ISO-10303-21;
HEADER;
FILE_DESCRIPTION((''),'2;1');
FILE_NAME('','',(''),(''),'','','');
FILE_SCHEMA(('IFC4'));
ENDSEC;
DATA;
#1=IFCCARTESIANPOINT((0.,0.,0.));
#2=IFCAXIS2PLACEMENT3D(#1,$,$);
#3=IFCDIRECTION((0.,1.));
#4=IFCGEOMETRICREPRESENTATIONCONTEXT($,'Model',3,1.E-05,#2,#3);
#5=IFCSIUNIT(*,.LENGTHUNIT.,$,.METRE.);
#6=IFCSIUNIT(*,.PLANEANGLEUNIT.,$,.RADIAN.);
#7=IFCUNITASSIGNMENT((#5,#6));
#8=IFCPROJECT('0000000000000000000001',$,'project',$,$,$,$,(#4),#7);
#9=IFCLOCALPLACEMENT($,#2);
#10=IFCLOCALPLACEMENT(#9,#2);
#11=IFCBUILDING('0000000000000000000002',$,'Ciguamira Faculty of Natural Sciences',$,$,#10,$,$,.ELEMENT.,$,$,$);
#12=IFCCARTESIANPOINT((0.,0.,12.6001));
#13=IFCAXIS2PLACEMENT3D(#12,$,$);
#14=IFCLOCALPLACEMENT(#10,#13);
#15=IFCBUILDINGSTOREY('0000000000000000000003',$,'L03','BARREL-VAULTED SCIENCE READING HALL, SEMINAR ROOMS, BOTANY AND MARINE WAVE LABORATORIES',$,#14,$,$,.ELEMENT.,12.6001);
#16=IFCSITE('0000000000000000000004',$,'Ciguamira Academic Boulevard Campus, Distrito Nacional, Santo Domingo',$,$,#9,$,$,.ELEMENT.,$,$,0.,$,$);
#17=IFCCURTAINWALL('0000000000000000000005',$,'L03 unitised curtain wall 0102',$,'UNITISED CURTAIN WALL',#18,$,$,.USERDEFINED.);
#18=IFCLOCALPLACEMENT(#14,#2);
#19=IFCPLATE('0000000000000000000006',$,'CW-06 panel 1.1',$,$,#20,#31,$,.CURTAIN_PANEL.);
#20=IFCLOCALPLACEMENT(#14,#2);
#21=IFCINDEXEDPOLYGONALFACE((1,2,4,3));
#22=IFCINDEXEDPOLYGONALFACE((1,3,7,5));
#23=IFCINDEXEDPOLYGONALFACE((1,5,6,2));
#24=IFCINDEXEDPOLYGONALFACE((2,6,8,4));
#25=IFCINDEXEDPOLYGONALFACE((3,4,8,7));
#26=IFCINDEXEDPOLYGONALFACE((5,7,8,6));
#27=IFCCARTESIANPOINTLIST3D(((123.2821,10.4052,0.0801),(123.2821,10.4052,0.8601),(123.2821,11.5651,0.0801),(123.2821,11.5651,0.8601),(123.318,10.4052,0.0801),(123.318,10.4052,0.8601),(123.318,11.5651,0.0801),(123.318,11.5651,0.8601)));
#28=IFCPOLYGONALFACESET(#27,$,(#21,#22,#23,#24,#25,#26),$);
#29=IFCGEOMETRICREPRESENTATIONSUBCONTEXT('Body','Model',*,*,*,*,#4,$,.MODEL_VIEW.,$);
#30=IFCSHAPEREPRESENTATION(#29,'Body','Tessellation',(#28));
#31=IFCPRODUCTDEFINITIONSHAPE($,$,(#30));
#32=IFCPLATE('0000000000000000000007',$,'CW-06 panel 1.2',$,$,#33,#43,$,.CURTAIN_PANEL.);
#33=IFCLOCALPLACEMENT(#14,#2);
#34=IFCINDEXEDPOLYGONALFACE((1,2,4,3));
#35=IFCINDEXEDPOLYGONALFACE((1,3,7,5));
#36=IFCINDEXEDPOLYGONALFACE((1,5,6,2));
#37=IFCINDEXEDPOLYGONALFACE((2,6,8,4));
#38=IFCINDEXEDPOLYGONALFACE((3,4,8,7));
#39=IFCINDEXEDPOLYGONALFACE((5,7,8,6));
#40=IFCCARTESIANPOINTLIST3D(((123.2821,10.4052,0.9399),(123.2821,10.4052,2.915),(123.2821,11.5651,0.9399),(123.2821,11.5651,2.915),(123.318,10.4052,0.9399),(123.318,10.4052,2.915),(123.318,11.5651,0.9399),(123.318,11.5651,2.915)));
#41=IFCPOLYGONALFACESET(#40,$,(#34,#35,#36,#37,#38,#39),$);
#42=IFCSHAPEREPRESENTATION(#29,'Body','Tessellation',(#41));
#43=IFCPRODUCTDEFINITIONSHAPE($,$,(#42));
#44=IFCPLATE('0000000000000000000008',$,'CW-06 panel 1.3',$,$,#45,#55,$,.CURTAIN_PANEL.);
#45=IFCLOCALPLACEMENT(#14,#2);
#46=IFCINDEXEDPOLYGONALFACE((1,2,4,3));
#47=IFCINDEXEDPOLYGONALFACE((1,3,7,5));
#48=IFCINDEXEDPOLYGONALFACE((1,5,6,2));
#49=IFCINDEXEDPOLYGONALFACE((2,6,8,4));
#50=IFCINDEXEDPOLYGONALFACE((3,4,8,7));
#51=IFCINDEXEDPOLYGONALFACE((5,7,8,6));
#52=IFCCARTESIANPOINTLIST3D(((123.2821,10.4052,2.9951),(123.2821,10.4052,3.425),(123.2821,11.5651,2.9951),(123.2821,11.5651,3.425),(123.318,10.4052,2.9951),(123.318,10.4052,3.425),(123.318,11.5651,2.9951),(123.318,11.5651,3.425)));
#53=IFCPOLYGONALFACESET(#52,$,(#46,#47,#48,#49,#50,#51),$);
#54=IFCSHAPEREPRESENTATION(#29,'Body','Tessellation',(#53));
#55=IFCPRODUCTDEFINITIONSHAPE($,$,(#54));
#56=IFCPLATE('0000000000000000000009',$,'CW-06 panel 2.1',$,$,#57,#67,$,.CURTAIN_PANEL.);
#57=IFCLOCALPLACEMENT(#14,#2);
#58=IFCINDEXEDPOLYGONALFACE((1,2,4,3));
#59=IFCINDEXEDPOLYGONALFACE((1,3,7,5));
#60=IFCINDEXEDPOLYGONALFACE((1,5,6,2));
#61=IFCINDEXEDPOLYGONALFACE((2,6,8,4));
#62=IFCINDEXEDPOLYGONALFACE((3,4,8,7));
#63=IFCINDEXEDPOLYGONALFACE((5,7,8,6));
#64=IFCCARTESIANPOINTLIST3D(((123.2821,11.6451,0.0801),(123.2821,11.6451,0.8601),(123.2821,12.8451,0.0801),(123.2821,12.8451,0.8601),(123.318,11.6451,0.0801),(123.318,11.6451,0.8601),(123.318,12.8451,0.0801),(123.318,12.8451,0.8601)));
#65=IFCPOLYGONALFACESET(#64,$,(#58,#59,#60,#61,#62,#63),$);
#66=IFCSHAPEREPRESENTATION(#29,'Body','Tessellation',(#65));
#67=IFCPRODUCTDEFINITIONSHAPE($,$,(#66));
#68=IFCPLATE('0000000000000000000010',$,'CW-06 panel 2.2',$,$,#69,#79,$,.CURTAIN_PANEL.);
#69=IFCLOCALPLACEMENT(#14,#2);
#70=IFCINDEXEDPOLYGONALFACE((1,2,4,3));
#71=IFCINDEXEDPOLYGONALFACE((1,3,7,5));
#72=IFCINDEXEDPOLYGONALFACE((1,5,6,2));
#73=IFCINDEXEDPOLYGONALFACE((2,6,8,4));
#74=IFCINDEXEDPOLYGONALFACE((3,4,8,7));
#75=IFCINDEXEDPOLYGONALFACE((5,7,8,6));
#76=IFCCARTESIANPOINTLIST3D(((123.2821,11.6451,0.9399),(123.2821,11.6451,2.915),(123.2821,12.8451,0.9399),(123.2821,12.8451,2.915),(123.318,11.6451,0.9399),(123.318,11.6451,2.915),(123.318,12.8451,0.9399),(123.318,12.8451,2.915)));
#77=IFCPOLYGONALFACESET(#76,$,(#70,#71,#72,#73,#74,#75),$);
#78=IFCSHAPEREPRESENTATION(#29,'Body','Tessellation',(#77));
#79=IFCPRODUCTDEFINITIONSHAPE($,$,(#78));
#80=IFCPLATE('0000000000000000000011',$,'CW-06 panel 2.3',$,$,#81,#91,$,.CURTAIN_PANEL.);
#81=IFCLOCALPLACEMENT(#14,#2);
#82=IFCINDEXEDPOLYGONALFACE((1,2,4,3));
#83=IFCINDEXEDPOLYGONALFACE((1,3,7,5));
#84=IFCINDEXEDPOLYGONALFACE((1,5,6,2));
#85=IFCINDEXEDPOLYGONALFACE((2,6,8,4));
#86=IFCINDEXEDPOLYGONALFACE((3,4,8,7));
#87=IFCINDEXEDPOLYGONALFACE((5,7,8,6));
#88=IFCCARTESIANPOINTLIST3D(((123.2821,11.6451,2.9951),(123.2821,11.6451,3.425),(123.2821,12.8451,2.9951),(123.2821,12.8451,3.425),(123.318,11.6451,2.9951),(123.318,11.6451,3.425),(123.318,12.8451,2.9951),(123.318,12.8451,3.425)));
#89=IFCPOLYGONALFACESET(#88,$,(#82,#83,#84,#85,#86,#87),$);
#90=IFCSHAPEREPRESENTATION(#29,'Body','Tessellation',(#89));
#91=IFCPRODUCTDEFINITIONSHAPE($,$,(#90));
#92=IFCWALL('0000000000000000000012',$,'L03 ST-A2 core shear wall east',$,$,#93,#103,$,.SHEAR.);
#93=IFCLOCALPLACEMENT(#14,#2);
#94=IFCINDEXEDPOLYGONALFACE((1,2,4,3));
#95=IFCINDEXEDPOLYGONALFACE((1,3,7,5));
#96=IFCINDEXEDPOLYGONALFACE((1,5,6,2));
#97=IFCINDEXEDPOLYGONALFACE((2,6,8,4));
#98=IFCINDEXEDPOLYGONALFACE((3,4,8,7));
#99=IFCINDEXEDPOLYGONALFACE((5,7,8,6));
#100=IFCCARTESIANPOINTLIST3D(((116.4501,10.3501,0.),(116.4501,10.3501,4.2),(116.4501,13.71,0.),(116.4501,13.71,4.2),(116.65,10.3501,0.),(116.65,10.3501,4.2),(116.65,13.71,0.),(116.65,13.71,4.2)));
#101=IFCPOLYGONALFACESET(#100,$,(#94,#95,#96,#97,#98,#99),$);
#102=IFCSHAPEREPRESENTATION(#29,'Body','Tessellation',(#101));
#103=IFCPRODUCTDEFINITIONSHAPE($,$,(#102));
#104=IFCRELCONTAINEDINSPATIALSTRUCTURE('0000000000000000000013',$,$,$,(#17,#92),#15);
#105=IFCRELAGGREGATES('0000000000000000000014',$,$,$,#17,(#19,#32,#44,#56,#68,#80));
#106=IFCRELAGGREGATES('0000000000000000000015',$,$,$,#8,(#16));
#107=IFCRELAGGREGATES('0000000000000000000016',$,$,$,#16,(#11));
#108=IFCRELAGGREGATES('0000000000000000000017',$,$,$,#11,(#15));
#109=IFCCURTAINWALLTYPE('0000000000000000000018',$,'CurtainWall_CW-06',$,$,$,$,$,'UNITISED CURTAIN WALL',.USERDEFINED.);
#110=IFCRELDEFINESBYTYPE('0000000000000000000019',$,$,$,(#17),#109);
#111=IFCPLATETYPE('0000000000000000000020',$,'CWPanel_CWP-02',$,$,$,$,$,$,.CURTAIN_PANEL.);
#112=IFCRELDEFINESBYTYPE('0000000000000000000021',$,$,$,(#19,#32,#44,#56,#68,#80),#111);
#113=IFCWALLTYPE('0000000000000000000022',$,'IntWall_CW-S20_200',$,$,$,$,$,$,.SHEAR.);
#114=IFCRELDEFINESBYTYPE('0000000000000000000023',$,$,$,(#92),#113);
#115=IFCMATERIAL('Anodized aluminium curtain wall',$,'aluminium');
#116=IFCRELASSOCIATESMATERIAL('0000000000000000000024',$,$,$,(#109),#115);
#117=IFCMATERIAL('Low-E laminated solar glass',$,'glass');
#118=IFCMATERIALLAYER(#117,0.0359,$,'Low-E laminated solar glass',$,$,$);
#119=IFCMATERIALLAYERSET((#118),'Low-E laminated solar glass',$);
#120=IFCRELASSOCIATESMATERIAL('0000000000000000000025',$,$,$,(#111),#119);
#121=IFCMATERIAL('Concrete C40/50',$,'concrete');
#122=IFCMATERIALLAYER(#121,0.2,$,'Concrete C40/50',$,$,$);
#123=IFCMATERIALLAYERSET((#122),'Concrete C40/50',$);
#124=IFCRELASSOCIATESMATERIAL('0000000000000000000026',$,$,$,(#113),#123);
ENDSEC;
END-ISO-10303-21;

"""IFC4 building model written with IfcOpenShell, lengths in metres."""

from ifc_helpers import new_model, si_unit, direction, frame, frame_2d, origin, origin_2d, place, context, subcontext, project, spatial, rectangle, extrude, material, layer, layer_set, type_object, element, aggregate, save


model = new_model("IFC4")

# Units and contexts
model_context = context("Model", 3, precision=1e-05, world=origin(), true_north=direction((0.0, 1.0)))
body_context = subcontext(model_context, "Body", "Model", "MODEL_VIEW")
ifc_project = project(units=[si_unit("LENGTHUNIT", "METRE"), si_unit("PLANEANGLEUNIT", "RADIAN")], contexts=[model_context])

# Site, building, storey
site_placement = place(None, origin())
site = spatial("IfcSite", under=ifc_project, at=site_placement, Name="Ciguamira Academic Boulevard Campus, Distrito Nacional, Santo Domingo", CompositionType="ELEMENT", RefElevation=0.0)
building_placement = place(site_placement, origin())
building = spatial("IfcBuilding", under=site, at=building_placement, Name="Ciguamira Faculty of Natural Sciences", CompositionType="ELEMENT")
storey_placement = place(building_placement, frame((0.0, 0.0, 12.6001)))
storey = spatial("IfcBuildingStorey", under=building, at=storey_placement, Name="L03", Description="BARREL-VAULTED SCIENCE READING HALL, SEMINAR ROOMS, BOTANY AND MARINE WAVE LABORATORIES", CompositionType="ELEMENT", Elevation=12.6001)

# Curtain wall
ifc_material_1 = material(Name="Anodized aluminium curtain wall", Category="aluminium")
curtain_wall_type = type_object("IfcCurtainWallType", Name="CurtainWall_CW-06", ElementType="UNITISED CURTAIN WALL", PredefinedType="USERDEFINED", material=ifc_material_1)
curtain_wall_placement = place(storey_placement, origin())
curtain_wall = element("IfcCurtainWall", 1, at=curtain_wall_placement, inside=storey, type_object=curtain_wall_type, Name="L03 unitised curtain wall 0102", ObjectType="UNITISED CURTAIN WALL", PredefinedType="USERDEFINED")

# Plates
ifc_material_2 = material(Name="Low-E laminated solar glass", Category="glass")
ifc_layer_1 = layer(ifc_material_2, 0.0359, Name="Low-E laminated solar glass")
ifc_layer_set_1 = layer_set([ifc_layer_1], Name="Low-E laminated solar glass")
plate_type = type_object("IfcPlateType", Name="CWPanel_CWP-02", PredefinedType="CURTAIN_PANEL", material=ifc_layer_set_1)
plate_1_placement = place(storey_placement, frame((123.3, 10.9851, 0.0801), z_axis=(0.0, 0.0, 1.0), x_axis=(0.0, 1.0, 0.0)))
plate_1 = element("IfcPlate", 2, at=plate_1_placement, type_object=plate_type, Name="CW-06 panel 1.1", PredefinedType="CURTAIN_PANEL", context=body_context, shape_type="SweptSolid", body=[
    extrude(rectangle(XDim=1.1599, YDim=0.0359, at=origin_2d()), origin(), (0.0, 0.0, 1.0), 0.78),
])
plate_2_placement = place(storey_placement, frame((123.3, 10.9851, 0.9399), z_axis=(0.0, 0.0, 1.0), x_axis=(0.0, 1.0, 0.0)))
plate_2 = element("IfcPlate", 3, at=plate_2_placement, type_object=plate_type, Name="CW-06 panel 1.2", PredefinedType="CURTAIN_PANEL", context=body_context, shape_type="SweptSolid", body=[
    extrude(rectangle(XDim=1.1599, YDim=0.0359, at=origin_2d()), origin(), (0.0, 0.0, 1.0), 1.9751),
])
plate_3_placement = place(storey_placement, frame((123.3, 10.9851, 2.9951), z_axis=(0.0, 0.0, 1.0), x_axis=(0.0, 1.0, 0.0)))
plate_3 = element("IfcPlate", 4, at=plate_3_placement, type_object=plate_type, Name="CW-06 panel 1.3", PredefinedType="CURTAIN_PANEL", context=body_context, shape_type="SweptSolid", body=[
    extrude(rectangle(XDim=1.1599, YDim=0.0359, at=origin_2d()), origin(), (0.0, 0.0, 1.0), 0.4299),
])
plate_4_placement = place(storey_placement, frame((123.3, 12.2451, 0.0801), z_axis=(0.0, 0.0, 1.0), x_axis=(0.0, 1.0, 0.0)))
plate_4 = element("IfcPlate", 5, at=plate_4_placement, type_object=plate_type, Name="CW-06 panel 2.1", PredefinedType="CURTAIN_PANEL", context=body_context, shape_type="SweptSolid", body=[
    extrude(rectangle(XDim=1.2, YDim=0.0359, at=origin_2d()), origin(), (0.0, 0.0, 1.0), 0.78),
])
plate_5_placement = place(storey_placement, frame((123.3, 12.2451, 0.9399), z_axis=(0.0, 0.0, 1.0), x_axis=(0.0, 1.0, 0.0)))
plate_5 = element("IfcPlate", 6, at=plate_5_placement, type_object=plate_type, Name="CW-06 panel 2.2", PredefinedType="CURTAIN_PANEL", context=body_context, shape_type="SweptSolid", body=[
    extrude(rectangle(XDim=1.2, YDim=0.0359, at=origin_2d()), origin(), (0.0, 0.0, 1.0), 1.9751),
])
plate_6_placement = place(storey_placement, frame((123.3, 12.2451, 2.9951), z_axis=(0.0, 0.0, 1.0), x_axis=(0.0, 1.0, 0.0)))
plate_6 = element("IfcPlate", 7, at=plate_6_placement, type_object=plate_type, Name="CW-06 panel 2.3", PredefinedType="CURTAIN_PANEL", context=body_context, shape_type="SweptSolid", body=[
    extrude(rectangle(XDim=1.2, YDim=0.0359, at=origin_2d()), origin(), (0.0, 0.0, 1.0), 0.4299),
])
aggregate(curtain_wall, [plate_1, plate_2, plate_3, plate_4, plate_5, plate_6])

# Wall
ifc_material_3 = material(Name="Concrete C40/50", Category="concrete")
ifc_layer_2 = layer(ifc_material_3, 0.2, Name="Concrete C40/50")
ifc_layer_set_2 = layer_set([ifc_layer_2], Name="Concrete C40/50")
wall_type = type_object("IfcWallType", Name="IntWall_CW-S20_200", PredefinedType="SHEAR", material=ifc_layer_set_2)
wall_placement = place(storey_placement, frame((116.55, 10.3501, 0.0), z_axis=(0.0, 0.0, 1.0), x_axis=(0.0, 1.0, 0.0)))
element("IfcWall", 8, at=wall_placement, inside=storey, type_object=wall_type, Name="L03 ST-A2 core shear wall east", PredefinedType="SHEAR", context=body_context, shape_type="SweptSolid", body=[
    extrude(rectangle(XDim=3.3599, YDim=0.2, at=frame_2d((1.6799, 0.0))), origin(), (0.0, 0.0, 1.0), 4.2),
])

save(model, "model.ifc")
